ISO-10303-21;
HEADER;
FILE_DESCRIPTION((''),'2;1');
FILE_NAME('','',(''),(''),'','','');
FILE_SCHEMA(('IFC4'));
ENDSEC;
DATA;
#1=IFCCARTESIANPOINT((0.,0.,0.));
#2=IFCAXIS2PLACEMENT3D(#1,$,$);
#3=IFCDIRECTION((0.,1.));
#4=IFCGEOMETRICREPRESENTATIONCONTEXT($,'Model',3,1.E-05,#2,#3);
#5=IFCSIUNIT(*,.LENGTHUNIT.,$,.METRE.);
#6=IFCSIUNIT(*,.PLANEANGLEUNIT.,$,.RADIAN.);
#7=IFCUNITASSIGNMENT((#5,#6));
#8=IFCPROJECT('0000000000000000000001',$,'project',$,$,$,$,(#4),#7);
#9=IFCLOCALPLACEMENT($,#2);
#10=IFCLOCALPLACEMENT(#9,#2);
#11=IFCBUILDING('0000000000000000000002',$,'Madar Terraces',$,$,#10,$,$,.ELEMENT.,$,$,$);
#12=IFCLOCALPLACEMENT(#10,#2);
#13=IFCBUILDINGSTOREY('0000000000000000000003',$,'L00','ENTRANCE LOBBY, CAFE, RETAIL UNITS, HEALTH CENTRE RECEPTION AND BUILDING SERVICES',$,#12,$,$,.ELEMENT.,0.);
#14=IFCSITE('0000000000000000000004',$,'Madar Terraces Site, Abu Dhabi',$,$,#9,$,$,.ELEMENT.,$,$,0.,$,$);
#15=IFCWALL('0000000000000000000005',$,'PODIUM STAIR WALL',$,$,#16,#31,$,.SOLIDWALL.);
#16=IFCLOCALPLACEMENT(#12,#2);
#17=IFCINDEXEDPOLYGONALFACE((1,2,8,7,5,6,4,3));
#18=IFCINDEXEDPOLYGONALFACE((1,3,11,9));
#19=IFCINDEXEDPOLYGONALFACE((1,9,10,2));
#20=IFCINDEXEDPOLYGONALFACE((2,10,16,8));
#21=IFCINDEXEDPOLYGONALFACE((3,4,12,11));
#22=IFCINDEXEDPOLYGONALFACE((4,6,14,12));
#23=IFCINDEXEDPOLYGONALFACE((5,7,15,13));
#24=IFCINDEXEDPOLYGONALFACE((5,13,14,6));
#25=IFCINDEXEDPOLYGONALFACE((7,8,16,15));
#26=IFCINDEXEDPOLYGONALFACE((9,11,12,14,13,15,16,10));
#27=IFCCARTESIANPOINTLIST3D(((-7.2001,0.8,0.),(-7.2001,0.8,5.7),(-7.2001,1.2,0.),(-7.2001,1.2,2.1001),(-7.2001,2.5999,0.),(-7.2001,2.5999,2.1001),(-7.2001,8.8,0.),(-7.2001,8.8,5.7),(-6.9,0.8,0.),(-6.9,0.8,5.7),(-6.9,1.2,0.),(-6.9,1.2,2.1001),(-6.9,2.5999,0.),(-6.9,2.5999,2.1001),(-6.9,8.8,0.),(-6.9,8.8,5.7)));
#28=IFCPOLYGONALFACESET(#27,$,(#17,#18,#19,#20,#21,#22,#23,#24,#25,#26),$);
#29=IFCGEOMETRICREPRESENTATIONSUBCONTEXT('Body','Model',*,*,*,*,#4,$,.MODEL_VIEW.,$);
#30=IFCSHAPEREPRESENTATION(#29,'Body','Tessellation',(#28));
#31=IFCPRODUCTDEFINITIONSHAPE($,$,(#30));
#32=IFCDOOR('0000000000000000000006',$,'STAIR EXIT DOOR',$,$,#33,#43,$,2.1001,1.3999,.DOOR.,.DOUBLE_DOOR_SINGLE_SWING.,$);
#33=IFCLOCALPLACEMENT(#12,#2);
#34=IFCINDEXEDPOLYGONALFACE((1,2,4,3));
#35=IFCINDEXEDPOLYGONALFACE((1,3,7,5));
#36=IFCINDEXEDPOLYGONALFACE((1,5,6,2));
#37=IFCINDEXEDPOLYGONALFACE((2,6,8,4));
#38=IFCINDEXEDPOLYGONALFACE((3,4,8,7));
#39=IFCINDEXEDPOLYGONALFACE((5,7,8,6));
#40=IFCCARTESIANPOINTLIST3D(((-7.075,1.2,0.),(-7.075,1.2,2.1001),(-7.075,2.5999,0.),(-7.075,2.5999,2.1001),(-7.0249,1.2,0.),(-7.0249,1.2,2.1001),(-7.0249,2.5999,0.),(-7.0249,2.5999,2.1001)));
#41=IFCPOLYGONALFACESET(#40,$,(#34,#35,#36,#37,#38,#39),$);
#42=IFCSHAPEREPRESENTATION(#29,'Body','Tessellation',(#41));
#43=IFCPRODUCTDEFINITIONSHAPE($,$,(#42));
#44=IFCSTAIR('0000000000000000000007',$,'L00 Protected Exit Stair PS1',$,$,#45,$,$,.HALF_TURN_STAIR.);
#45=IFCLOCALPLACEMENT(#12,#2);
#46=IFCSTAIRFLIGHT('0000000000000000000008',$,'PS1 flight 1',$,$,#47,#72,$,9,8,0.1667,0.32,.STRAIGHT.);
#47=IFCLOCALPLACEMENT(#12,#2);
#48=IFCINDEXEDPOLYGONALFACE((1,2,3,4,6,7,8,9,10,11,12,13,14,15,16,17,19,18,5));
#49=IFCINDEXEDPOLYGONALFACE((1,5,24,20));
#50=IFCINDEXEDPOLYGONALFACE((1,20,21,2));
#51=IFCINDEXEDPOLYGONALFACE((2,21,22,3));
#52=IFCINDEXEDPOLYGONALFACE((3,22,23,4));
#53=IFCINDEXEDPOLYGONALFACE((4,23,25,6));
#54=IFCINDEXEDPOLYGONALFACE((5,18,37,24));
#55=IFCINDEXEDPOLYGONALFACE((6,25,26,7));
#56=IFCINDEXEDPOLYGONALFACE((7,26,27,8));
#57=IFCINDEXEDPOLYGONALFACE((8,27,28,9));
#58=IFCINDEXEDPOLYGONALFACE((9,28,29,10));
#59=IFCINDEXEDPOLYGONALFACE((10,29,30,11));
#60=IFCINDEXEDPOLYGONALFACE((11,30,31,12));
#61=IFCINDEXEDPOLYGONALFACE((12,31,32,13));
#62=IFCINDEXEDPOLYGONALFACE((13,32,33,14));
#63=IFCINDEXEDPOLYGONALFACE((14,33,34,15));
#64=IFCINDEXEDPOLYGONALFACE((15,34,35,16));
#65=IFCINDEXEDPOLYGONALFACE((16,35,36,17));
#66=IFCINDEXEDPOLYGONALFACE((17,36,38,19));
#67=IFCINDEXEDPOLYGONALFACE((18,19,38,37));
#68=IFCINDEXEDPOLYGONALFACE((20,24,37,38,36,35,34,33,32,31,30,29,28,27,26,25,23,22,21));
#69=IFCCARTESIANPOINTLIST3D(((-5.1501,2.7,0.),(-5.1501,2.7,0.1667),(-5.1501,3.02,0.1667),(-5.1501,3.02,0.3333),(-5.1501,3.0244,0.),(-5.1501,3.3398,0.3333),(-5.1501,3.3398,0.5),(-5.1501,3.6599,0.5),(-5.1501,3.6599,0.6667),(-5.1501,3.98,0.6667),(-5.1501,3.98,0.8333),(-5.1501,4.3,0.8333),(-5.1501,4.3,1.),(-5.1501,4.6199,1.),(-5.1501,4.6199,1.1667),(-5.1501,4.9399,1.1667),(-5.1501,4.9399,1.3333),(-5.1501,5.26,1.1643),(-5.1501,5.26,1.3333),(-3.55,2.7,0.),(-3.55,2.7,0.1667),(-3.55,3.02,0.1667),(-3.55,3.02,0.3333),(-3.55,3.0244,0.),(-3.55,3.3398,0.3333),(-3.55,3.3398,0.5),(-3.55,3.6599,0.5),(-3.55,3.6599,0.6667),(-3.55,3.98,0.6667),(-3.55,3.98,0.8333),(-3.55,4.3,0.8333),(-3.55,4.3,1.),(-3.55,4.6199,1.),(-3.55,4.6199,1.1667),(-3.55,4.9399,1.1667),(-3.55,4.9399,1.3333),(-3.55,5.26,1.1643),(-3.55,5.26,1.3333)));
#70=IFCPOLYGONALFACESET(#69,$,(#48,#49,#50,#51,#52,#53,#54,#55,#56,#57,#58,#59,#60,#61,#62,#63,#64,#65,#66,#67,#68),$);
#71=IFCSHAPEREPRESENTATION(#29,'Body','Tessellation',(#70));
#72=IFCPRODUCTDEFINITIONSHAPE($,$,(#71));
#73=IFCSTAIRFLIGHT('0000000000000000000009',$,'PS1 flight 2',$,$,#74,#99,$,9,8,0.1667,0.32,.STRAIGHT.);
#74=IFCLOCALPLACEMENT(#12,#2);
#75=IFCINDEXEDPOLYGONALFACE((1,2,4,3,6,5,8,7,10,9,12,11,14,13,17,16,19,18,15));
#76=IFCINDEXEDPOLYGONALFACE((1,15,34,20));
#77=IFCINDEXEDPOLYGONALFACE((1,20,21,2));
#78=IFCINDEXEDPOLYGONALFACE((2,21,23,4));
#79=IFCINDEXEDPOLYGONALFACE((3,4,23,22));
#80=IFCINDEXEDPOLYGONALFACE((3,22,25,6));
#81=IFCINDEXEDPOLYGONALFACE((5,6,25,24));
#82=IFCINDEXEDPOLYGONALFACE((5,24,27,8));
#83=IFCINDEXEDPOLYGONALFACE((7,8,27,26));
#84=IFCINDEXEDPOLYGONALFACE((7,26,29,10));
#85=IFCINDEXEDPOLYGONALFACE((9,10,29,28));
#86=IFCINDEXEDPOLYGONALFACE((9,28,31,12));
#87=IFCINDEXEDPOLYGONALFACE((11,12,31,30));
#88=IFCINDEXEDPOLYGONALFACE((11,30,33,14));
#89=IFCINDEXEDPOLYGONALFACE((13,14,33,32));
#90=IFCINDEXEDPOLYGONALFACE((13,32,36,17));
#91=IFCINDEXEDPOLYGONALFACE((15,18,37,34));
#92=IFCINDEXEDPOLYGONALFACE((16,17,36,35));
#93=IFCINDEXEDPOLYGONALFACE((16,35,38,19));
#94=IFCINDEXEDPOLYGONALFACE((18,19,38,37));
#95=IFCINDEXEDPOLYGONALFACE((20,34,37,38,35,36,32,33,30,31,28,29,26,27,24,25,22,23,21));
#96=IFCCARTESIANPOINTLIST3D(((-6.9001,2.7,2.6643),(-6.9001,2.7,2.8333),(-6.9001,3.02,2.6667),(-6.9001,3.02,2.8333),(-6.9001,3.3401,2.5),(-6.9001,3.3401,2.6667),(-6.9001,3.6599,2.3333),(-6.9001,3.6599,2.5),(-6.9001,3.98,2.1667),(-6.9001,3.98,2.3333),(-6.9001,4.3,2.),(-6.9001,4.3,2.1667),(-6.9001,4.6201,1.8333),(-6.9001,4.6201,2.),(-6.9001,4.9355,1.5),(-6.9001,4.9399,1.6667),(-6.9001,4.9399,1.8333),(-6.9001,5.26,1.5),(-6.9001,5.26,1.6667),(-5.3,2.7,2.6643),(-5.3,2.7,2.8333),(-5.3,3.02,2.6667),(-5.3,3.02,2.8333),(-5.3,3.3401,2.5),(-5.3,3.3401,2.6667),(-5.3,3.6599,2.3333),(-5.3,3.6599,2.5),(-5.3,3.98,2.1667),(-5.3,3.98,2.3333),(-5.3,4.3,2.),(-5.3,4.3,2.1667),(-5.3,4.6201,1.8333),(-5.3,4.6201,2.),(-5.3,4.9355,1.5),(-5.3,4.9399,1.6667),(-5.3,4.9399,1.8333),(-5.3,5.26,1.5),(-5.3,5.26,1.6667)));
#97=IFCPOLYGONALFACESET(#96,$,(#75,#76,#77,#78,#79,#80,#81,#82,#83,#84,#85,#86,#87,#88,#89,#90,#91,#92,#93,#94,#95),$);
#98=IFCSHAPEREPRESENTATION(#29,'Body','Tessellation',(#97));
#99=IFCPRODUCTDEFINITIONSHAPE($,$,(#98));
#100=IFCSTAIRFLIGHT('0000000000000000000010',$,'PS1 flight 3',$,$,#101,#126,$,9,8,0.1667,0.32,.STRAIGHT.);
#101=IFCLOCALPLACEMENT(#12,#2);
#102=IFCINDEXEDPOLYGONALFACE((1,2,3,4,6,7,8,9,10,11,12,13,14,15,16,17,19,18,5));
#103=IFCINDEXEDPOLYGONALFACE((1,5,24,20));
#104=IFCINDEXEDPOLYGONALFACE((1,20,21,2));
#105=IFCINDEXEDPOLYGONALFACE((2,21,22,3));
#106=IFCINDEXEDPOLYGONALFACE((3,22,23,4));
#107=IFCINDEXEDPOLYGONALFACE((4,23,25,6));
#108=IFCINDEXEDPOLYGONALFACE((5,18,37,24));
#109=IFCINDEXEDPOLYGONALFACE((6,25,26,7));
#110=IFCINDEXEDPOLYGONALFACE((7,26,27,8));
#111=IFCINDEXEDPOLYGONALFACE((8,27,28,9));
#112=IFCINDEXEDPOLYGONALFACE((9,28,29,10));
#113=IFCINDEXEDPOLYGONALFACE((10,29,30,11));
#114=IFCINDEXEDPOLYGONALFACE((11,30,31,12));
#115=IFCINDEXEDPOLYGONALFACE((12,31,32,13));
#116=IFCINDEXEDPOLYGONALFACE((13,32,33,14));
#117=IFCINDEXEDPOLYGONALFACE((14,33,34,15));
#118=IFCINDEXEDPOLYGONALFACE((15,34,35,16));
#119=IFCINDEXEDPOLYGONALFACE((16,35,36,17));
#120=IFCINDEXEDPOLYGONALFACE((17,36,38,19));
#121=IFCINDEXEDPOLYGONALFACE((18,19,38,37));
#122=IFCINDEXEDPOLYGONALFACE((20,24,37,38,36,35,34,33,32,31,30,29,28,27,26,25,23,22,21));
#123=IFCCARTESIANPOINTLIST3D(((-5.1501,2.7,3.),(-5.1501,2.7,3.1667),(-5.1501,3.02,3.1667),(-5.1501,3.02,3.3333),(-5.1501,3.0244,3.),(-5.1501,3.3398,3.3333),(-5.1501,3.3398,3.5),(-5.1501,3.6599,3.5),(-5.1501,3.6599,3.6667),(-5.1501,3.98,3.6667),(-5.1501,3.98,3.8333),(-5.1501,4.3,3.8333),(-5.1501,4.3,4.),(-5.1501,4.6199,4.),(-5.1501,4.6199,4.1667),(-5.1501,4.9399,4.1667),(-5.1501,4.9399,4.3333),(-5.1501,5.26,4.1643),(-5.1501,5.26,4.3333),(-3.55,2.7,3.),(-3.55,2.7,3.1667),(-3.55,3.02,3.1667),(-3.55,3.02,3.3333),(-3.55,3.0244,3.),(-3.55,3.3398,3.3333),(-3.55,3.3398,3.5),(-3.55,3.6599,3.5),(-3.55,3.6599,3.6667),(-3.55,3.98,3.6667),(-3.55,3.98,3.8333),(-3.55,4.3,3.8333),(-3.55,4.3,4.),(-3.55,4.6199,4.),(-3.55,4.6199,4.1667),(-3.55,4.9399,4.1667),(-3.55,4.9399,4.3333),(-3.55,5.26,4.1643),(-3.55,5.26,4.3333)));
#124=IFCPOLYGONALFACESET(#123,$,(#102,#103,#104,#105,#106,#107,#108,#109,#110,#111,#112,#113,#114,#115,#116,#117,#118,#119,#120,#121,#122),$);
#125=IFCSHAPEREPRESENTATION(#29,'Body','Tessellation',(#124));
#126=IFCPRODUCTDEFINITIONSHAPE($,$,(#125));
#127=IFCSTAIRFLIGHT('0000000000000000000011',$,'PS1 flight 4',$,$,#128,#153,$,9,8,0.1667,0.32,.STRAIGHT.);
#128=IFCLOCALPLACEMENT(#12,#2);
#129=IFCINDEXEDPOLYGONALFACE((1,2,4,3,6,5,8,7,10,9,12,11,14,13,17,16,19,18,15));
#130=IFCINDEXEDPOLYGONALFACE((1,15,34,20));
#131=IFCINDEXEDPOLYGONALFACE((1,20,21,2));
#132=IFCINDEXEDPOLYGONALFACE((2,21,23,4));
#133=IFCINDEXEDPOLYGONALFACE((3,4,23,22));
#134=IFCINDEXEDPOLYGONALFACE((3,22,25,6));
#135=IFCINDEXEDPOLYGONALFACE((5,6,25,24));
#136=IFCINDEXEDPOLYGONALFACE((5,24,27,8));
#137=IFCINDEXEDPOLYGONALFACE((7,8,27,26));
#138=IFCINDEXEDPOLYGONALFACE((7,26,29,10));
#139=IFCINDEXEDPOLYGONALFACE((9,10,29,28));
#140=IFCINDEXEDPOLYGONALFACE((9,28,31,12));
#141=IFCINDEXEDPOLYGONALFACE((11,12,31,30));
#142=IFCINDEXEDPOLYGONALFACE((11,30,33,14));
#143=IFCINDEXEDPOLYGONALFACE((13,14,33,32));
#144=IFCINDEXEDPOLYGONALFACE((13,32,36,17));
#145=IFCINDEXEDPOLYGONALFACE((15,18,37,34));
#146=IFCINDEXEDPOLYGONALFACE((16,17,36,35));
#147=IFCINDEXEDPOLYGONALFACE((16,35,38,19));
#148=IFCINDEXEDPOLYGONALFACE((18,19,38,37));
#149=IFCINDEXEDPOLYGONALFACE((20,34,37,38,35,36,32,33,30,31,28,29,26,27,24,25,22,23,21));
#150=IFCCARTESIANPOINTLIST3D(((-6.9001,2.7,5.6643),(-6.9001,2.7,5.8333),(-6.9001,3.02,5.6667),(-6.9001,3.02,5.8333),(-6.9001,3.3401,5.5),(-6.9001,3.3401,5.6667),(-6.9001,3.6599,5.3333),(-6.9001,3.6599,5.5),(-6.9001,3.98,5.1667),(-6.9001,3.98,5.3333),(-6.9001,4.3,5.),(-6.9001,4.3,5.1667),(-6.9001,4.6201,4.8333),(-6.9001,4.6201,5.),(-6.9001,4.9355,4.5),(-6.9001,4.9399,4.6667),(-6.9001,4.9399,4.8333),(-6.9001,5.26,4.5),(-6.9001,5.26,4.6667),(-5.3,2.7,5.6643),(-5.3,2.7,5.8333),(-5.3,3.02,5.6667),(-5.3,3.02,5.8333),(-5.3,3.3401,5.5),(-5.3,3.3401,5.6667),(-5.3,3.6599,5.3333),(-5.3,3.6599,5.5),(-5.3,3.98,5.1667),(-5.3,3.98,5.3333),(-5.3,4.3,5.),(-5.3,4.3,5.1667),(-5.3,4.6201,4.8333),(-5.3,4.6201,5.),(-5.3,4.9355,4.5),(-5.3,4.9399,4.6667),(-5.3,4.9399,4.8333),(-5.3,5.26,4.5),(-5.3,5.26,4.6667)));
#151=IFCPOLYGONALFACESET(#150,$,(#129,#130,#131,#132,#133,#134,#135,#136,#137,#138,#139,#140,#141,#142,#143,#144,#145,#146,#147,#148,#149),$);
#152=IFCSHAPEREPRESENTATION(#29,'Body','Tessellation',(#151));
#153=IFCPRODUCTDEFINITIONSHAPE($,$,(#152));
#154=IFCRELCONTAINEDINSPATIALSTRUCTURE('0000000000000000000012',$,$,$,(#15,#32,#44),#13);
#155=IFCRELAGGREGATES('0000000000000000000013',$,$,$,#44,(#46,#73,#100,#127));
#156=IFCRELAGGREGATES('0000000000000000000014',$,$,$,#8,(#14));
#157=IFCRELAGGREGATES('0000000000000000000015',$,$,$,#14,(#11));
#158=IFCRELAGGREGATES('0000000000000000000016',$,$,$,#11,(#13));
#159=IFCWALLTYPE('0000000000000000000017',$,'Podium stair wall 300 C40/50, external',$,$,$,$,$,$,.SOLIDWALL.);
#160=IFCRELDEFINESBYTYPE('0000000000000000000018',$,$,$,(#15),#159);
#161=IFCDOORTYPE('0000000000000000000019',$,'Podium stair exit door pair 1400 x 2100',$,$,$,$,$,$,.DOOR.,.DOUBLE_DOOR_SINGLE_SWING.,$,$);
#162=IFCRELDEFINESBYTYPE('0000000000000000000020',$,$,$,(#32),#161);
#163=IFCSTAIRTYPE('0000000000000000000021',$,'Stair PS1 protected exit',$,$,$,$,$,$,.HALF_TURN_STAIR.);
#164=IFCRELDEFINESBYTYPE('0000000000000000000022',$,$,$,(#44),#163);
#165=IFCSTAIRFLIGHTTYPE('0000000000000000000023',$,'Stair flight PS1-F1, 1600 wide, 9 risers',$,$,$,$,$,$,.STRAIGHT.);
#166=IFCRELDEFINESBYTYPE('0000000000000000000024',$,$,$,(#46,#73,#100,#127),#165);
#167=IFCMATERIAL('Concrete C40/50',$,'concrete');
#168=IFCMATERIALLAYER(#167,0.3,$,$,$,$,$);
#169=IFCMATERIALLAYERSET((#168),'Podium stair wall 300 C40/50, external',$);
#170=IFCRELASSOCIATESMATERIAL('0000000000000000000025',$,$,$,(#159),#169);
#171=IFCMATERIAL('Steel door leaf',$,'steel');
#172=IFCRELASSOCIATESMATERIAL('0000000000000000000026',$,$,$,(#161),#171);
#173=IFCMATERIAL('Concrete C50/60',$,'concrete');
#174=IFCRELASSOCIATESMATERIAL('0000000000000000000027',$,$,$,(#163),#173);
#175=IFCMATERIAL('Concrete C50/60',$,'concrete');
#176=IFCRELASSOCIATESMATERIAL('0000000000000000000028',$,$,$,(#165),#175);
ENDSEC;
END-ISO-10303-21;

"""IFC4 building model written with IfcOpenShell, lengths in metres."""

from ifc_helpers import new_model, si_unit, direction, frame, frame_2d, origin, place, context, subcontext, project, spatial, polyline, rectangle, outline, extrude, material, layer, layer_set, type_object, element, fill, aggregate, save


model = new_model("IFC4")

# Units and contexts
model_context = context("Model", 3, precision=1e-05, world=origin(), true_north=direction((0.0, 1.0)))
body_context = subcontext(model_context, "Body", "Model", "MODEL_VIEW")
ifc_project = project(units=[si_unit("LENGTHUNIT", "METRE"), si_unit("PLANEANGLEUNIT", "RADIAN")], contexts=[model_context])

# Site, building, storey
site_placement = place(None, origin())
site = spatial("IfcSite", under=ifc_project, at=site_placement, Name="Madar Terraces Site, Abu Dhabi", CompositionType="ELEMENT", RefElevation=0.0)
building_placement = place(site_placement, origin())
building = spatial("IfcBuilding", under=site, at=building_placement, Name="Madar Terraces", CompositionType="ELEMENT")
storey_placement = place(building_placement, origin())
storey = spatial("IfcBuildingStorey", under=building, at=storey_placement, Name="L00", Description="ENTRANCE LOBBY, CAFE, RETAIL UNITS, HEALTH CENTRE RECEPTION AND BUILDING SERVICES", CompositionType="ELEMENT", Elevation=0.0)

# Wall, opening, door
ifc_material_1 = material(Name="Concrete C40/50", Category="concrete")
ifc_layer_1 = layer(ifc_material_1, 0.3)
ifc_layer_set_1 = layer_set([ifc_layer_1], Name="Podium stair wall 300 C40/50, external")
wall_type_1 = type_object("IfcWallType", Name="Podium stair wall 300 C40/50, external", PredefinedType="SOLIDWALL", material=ifc_layer_set_1)
wall_1_placement = place(storey_placement, frame((-7.05, 0.8, 0.0), z_axis=(0.0, 0.0, 1.0), x_axis=(0.0, 1.0, 0.0)))
wall_1 = element("IfcWall", 1, at=wall_1_placement, inside=storey, type_object=wall_type_1, Name="PODIUM STAIR WALL", PredefinedType="SOLIDWALL", context=body_context, shape_type="SweptSolid", body=[
    extrude(rectangle(XDim=8.0, YDim=0.3, at=frame_2d((4.0, 0.0))), origin(), (0.0, 0.0, 1.0), 5.7),
])
opening_placement = place(wall_1_placement, frame((0.3999, 0.0, 0.0)))
opening = element("IfcOpeningElement", 2, at=opening_placement, cuts=wall_1, PredefinedType="OPENING", context=body_context, shape_type="SweptSolid", body=[
    extrude(rectangle(XDim=1.3999, YDim=2.1001, at=frame_2d((0.7, 1.05))), frame((0.0, 0.1599, 0.0), z_axis=(0.0, -1.0, 0.0), x_axis=(1.0, 0.0, 0.0)), (0.0, 0.0, 1.0), 0.3201),
])
ifc_material_2 = material(Name="Steel door leaf", Category="steel")
door_type = type_object("IfcDoorType", Name="Podium stair exit door pair 1400 x 2100", OperationType="DOUBLE_DOOR_SINGLE_SWING", PredefinedType="DOOR", material=ifc_material_2)
door_placement = place(opening_placement, origin())
door = element("IfcDoor", 3, at=door_placement, inside=storey, type_object=door_type, Name="STAIR EXIT DOOR", OperationType="DOUBLE_DOOR_SINGLE_SWING", OverallHeight=2.1001, OverallWidth=1.3999, PredefinedType="DOOR", context=body_context, shape_type="SweptSolid", body=[
    extrude(rectangle(XDim=1.3999, YDim=2.1001, at=frame_2d((0.7, 1.05))), frame((0.0, 0.0249, 0.0), z_axis=(0.0, -1.0, 0.0), x_axis=(1.0, 0.0, 0.0)), (0.0, 0.0, 1.0), 0.05),
])
fill(opening, door)

# Stair, stair flights
ifc_material_3 = material(Name="Concrete C50/60", Category="concrete")
stair_type = type_object("IfcStairType", Name="Stair PS1 protected exit", PredefinedType="HALF_TURN_STAIR", material=ifc_material_3)
stair_placement = place(storey_placement, origin())
stair = element("IfcStair", 4, at=stair_placement, inside=storey, type_object=stair_type, Name="L00 Protected Exit Stair PS1", PredefinedType="HALF_TURN_STAIR")
ifc_material_4 = material(Name="Concrete C50/60", Category="concrete")
stair_flight_type = type_object("IfcStairFlightType", Name="Stair flight PS1-F1, 1600 wide, 9 risers", PredefinedType="STRAIGHT", material=ifc_material_4)
stair_flight_1_placement = place(storey_placement, frame((-4.3501, 2.7, 0.0), z_axis=(0.0, 0.0, 1.0), x_axis=(0.0, 1.0, 0.0)))
stair_flight_1 = element("IfcStairFlight", 5, at=stair_flight_1_placement, type_object=stair_flight_type, Name="PS1 flight 1", NumberOfRisers=9, NumberOfTreads=8, PredefinedType="STRAIGHT", RiserHeight=0.1667, TreadLength=0.32, context=body_context, shape_type="SweptSolid", body=[
    extrude(outline(polyline([(0.0, 0.0), (0.0, 0.1667), (0.3201, 0.1667), (0.3201, 0.3333), (0.6399, 0.3333), (0.6399, 0.5), (0.96, 0.5), (0.96, 0.6667), (1.28, 0.6667), (1.28, 0.8333), (1.6001, 0.8333), (1.6001, 1.0), (1.9199, 1.0), (1.9199, 1.1667), (2.24, 1.1667), (2.24, 1.3333), (2.5601, 1.3333), (2.5601, 1.5), (2.5601, 1.1643), (0.3245, 0.0), (0.0, 0.0)])), frame((0.0, 0.8, 0.0), z_axis=(0.0, -1.0, 0.0), x_axis=(1.0, 0.0, 0.0)), (0.0, 0.0, 1.0), 1.6001),
])
stair_flight_2_placement = place(storey_placement, frame((-6.1001, 5.26, 1.5), z_axis=(0.0, 0.0, 1.0), x_axis=(0.0, -1.0, 0.0)))
stair_flight_2 = element("IfcStairFlight", 6, at=stair_flight_2_placement, type_object=stair_flight_type, Name="PS1 flight 2", NumberOfRisers=9, NumberOfTreads=8, PredefinedType="STRAIGHT", RiserHeight=0.1667, TreadLength=0.32, context=body_context, shape_type="SweptSolid", body=[
    extrude(outline(polyline([(0.0, 0.0), (0.0, 0.1667), (0.3201, 0.1667), (0.3201, 0.3333), (0.6399, 0.3333), (0.6399, 0.5), (0.96, 0.5), (0.96, 0.6667), (1.28, 0.6667), (1.28, 0.8333), (1.6001, 0.8333), (1.6001, 1.0), (1.9199, 1.0), (1.9199, 1.1667), (2.24, 1.1667), (2.24, 1.3333), (2.5601, 1.3333), (2.5601, 1.5), (2.5601, 1.1643), (0.3245, 0.0), (0.0, 0.0)])), frame((0.0, 0.8, 0.0), z_axis=(0.0, -1.0, 0.0), x_axis=(1.0, 0.0, 0.0)), (0.0, 0.0, 1.0), 1.6001),
])
stair_flight_3_placement = place(storey_placement, frame((-4.3501, 2.7, 3.0), z_axis=(0.0, 0.0, 1.0), x_axis=(0.0, 1.0, 0.0)))
stair_flight_3 = element("IfcStairFlight", 7, at=stair_flight_3_placement, type_object=stair_flight_type, Name="PS1 flight 3", NumberOfRisers=9, NumberOfTreads=8, PredefinedType="STRAIGHT", RiserHeight=0.1667, TreadLength=0.32, context=body_context, shape_type="SweptSolid", body=[
    extrude(outline(polyline([(0.0, 0.0), (0.0, 0.1667), (0.3201, 0.1667), (0.3201, 0.3333), (0.6399, 0.3333), (0.6399, 0.5), (0.96, 0.5), (0.96, 0.6667), (1.28, 0.6667), (1.28, 0.8333), (1.6001, 0.8333), (1.6001, 1.0), (1.9199, 1.0), (1.9199, 1.1667), (2.24, 1.1667), (2.24, 1.3333), (2.5601, 1.3333), (2.5601, 1.5), (2.5601, 1.1643), (0.3245, 0.0), (0.0, 0.0)])), frame((0.0, 0.8, 0.0), z_axis=(0.0, -1.0, 0.0), x_axis=(1.0, 0.0, 0.0)), (0.0, 0.0, 1.0), 1.6001),
])
stair_flight_4_placement = place(storey_placement, frame((-6.1001, 5.26, 4.5), z_axis=(0.0, 0.0, 1.0), x_axis=(0.0, -1.0, 0.0)))
stair_flight_4 = element("IfcStairFlight", 8, at=stair_flight_4_placement, type_object=stair_flight_type, Name="PS1 flight 4", NumberOfRisers=9, NumberOfTreads=8, PredefinedType="STRAIGHT", RiserHeight=0.1667, TreadLength=0.32, context=body_context, shape_type="SweptSolid", body=[
    extrude(outline(polyline([(0.0, 0.0), (0.0, 0.1667), (0.3201, 0.1667), (0.3201, 0.3333), (0.6399, 0.3333), (0.6399, 0.5), (0.96, 0.5), (0.96, 0.6667), (1.28, 0.6667), (1.28, 0.8333), (1.6001, 0.8333), (1.6001, 1.0), (1.9199, 1.0), (1.9199, 1.1667), (2.24, 1.1667), (2.24, 1.3333), (2.5601, 1.3333), (2.5601, 1.5), (2.5601, 1.1643), (0.3245, 0.0), (0.0, 0.0)])), frame((0.0, 0.8, 0.0), z_axis=(0.0, -1.0, 0.0), x_axis=(1.0, 0.0, 0.0)), (0.0, 0.0, 1.0), 1.6001),
])
aggregate(stair, [stair_flight_1, stair_flight_2, stair_flight_3, stair_flight_4])

save(model, "model.ifc")
